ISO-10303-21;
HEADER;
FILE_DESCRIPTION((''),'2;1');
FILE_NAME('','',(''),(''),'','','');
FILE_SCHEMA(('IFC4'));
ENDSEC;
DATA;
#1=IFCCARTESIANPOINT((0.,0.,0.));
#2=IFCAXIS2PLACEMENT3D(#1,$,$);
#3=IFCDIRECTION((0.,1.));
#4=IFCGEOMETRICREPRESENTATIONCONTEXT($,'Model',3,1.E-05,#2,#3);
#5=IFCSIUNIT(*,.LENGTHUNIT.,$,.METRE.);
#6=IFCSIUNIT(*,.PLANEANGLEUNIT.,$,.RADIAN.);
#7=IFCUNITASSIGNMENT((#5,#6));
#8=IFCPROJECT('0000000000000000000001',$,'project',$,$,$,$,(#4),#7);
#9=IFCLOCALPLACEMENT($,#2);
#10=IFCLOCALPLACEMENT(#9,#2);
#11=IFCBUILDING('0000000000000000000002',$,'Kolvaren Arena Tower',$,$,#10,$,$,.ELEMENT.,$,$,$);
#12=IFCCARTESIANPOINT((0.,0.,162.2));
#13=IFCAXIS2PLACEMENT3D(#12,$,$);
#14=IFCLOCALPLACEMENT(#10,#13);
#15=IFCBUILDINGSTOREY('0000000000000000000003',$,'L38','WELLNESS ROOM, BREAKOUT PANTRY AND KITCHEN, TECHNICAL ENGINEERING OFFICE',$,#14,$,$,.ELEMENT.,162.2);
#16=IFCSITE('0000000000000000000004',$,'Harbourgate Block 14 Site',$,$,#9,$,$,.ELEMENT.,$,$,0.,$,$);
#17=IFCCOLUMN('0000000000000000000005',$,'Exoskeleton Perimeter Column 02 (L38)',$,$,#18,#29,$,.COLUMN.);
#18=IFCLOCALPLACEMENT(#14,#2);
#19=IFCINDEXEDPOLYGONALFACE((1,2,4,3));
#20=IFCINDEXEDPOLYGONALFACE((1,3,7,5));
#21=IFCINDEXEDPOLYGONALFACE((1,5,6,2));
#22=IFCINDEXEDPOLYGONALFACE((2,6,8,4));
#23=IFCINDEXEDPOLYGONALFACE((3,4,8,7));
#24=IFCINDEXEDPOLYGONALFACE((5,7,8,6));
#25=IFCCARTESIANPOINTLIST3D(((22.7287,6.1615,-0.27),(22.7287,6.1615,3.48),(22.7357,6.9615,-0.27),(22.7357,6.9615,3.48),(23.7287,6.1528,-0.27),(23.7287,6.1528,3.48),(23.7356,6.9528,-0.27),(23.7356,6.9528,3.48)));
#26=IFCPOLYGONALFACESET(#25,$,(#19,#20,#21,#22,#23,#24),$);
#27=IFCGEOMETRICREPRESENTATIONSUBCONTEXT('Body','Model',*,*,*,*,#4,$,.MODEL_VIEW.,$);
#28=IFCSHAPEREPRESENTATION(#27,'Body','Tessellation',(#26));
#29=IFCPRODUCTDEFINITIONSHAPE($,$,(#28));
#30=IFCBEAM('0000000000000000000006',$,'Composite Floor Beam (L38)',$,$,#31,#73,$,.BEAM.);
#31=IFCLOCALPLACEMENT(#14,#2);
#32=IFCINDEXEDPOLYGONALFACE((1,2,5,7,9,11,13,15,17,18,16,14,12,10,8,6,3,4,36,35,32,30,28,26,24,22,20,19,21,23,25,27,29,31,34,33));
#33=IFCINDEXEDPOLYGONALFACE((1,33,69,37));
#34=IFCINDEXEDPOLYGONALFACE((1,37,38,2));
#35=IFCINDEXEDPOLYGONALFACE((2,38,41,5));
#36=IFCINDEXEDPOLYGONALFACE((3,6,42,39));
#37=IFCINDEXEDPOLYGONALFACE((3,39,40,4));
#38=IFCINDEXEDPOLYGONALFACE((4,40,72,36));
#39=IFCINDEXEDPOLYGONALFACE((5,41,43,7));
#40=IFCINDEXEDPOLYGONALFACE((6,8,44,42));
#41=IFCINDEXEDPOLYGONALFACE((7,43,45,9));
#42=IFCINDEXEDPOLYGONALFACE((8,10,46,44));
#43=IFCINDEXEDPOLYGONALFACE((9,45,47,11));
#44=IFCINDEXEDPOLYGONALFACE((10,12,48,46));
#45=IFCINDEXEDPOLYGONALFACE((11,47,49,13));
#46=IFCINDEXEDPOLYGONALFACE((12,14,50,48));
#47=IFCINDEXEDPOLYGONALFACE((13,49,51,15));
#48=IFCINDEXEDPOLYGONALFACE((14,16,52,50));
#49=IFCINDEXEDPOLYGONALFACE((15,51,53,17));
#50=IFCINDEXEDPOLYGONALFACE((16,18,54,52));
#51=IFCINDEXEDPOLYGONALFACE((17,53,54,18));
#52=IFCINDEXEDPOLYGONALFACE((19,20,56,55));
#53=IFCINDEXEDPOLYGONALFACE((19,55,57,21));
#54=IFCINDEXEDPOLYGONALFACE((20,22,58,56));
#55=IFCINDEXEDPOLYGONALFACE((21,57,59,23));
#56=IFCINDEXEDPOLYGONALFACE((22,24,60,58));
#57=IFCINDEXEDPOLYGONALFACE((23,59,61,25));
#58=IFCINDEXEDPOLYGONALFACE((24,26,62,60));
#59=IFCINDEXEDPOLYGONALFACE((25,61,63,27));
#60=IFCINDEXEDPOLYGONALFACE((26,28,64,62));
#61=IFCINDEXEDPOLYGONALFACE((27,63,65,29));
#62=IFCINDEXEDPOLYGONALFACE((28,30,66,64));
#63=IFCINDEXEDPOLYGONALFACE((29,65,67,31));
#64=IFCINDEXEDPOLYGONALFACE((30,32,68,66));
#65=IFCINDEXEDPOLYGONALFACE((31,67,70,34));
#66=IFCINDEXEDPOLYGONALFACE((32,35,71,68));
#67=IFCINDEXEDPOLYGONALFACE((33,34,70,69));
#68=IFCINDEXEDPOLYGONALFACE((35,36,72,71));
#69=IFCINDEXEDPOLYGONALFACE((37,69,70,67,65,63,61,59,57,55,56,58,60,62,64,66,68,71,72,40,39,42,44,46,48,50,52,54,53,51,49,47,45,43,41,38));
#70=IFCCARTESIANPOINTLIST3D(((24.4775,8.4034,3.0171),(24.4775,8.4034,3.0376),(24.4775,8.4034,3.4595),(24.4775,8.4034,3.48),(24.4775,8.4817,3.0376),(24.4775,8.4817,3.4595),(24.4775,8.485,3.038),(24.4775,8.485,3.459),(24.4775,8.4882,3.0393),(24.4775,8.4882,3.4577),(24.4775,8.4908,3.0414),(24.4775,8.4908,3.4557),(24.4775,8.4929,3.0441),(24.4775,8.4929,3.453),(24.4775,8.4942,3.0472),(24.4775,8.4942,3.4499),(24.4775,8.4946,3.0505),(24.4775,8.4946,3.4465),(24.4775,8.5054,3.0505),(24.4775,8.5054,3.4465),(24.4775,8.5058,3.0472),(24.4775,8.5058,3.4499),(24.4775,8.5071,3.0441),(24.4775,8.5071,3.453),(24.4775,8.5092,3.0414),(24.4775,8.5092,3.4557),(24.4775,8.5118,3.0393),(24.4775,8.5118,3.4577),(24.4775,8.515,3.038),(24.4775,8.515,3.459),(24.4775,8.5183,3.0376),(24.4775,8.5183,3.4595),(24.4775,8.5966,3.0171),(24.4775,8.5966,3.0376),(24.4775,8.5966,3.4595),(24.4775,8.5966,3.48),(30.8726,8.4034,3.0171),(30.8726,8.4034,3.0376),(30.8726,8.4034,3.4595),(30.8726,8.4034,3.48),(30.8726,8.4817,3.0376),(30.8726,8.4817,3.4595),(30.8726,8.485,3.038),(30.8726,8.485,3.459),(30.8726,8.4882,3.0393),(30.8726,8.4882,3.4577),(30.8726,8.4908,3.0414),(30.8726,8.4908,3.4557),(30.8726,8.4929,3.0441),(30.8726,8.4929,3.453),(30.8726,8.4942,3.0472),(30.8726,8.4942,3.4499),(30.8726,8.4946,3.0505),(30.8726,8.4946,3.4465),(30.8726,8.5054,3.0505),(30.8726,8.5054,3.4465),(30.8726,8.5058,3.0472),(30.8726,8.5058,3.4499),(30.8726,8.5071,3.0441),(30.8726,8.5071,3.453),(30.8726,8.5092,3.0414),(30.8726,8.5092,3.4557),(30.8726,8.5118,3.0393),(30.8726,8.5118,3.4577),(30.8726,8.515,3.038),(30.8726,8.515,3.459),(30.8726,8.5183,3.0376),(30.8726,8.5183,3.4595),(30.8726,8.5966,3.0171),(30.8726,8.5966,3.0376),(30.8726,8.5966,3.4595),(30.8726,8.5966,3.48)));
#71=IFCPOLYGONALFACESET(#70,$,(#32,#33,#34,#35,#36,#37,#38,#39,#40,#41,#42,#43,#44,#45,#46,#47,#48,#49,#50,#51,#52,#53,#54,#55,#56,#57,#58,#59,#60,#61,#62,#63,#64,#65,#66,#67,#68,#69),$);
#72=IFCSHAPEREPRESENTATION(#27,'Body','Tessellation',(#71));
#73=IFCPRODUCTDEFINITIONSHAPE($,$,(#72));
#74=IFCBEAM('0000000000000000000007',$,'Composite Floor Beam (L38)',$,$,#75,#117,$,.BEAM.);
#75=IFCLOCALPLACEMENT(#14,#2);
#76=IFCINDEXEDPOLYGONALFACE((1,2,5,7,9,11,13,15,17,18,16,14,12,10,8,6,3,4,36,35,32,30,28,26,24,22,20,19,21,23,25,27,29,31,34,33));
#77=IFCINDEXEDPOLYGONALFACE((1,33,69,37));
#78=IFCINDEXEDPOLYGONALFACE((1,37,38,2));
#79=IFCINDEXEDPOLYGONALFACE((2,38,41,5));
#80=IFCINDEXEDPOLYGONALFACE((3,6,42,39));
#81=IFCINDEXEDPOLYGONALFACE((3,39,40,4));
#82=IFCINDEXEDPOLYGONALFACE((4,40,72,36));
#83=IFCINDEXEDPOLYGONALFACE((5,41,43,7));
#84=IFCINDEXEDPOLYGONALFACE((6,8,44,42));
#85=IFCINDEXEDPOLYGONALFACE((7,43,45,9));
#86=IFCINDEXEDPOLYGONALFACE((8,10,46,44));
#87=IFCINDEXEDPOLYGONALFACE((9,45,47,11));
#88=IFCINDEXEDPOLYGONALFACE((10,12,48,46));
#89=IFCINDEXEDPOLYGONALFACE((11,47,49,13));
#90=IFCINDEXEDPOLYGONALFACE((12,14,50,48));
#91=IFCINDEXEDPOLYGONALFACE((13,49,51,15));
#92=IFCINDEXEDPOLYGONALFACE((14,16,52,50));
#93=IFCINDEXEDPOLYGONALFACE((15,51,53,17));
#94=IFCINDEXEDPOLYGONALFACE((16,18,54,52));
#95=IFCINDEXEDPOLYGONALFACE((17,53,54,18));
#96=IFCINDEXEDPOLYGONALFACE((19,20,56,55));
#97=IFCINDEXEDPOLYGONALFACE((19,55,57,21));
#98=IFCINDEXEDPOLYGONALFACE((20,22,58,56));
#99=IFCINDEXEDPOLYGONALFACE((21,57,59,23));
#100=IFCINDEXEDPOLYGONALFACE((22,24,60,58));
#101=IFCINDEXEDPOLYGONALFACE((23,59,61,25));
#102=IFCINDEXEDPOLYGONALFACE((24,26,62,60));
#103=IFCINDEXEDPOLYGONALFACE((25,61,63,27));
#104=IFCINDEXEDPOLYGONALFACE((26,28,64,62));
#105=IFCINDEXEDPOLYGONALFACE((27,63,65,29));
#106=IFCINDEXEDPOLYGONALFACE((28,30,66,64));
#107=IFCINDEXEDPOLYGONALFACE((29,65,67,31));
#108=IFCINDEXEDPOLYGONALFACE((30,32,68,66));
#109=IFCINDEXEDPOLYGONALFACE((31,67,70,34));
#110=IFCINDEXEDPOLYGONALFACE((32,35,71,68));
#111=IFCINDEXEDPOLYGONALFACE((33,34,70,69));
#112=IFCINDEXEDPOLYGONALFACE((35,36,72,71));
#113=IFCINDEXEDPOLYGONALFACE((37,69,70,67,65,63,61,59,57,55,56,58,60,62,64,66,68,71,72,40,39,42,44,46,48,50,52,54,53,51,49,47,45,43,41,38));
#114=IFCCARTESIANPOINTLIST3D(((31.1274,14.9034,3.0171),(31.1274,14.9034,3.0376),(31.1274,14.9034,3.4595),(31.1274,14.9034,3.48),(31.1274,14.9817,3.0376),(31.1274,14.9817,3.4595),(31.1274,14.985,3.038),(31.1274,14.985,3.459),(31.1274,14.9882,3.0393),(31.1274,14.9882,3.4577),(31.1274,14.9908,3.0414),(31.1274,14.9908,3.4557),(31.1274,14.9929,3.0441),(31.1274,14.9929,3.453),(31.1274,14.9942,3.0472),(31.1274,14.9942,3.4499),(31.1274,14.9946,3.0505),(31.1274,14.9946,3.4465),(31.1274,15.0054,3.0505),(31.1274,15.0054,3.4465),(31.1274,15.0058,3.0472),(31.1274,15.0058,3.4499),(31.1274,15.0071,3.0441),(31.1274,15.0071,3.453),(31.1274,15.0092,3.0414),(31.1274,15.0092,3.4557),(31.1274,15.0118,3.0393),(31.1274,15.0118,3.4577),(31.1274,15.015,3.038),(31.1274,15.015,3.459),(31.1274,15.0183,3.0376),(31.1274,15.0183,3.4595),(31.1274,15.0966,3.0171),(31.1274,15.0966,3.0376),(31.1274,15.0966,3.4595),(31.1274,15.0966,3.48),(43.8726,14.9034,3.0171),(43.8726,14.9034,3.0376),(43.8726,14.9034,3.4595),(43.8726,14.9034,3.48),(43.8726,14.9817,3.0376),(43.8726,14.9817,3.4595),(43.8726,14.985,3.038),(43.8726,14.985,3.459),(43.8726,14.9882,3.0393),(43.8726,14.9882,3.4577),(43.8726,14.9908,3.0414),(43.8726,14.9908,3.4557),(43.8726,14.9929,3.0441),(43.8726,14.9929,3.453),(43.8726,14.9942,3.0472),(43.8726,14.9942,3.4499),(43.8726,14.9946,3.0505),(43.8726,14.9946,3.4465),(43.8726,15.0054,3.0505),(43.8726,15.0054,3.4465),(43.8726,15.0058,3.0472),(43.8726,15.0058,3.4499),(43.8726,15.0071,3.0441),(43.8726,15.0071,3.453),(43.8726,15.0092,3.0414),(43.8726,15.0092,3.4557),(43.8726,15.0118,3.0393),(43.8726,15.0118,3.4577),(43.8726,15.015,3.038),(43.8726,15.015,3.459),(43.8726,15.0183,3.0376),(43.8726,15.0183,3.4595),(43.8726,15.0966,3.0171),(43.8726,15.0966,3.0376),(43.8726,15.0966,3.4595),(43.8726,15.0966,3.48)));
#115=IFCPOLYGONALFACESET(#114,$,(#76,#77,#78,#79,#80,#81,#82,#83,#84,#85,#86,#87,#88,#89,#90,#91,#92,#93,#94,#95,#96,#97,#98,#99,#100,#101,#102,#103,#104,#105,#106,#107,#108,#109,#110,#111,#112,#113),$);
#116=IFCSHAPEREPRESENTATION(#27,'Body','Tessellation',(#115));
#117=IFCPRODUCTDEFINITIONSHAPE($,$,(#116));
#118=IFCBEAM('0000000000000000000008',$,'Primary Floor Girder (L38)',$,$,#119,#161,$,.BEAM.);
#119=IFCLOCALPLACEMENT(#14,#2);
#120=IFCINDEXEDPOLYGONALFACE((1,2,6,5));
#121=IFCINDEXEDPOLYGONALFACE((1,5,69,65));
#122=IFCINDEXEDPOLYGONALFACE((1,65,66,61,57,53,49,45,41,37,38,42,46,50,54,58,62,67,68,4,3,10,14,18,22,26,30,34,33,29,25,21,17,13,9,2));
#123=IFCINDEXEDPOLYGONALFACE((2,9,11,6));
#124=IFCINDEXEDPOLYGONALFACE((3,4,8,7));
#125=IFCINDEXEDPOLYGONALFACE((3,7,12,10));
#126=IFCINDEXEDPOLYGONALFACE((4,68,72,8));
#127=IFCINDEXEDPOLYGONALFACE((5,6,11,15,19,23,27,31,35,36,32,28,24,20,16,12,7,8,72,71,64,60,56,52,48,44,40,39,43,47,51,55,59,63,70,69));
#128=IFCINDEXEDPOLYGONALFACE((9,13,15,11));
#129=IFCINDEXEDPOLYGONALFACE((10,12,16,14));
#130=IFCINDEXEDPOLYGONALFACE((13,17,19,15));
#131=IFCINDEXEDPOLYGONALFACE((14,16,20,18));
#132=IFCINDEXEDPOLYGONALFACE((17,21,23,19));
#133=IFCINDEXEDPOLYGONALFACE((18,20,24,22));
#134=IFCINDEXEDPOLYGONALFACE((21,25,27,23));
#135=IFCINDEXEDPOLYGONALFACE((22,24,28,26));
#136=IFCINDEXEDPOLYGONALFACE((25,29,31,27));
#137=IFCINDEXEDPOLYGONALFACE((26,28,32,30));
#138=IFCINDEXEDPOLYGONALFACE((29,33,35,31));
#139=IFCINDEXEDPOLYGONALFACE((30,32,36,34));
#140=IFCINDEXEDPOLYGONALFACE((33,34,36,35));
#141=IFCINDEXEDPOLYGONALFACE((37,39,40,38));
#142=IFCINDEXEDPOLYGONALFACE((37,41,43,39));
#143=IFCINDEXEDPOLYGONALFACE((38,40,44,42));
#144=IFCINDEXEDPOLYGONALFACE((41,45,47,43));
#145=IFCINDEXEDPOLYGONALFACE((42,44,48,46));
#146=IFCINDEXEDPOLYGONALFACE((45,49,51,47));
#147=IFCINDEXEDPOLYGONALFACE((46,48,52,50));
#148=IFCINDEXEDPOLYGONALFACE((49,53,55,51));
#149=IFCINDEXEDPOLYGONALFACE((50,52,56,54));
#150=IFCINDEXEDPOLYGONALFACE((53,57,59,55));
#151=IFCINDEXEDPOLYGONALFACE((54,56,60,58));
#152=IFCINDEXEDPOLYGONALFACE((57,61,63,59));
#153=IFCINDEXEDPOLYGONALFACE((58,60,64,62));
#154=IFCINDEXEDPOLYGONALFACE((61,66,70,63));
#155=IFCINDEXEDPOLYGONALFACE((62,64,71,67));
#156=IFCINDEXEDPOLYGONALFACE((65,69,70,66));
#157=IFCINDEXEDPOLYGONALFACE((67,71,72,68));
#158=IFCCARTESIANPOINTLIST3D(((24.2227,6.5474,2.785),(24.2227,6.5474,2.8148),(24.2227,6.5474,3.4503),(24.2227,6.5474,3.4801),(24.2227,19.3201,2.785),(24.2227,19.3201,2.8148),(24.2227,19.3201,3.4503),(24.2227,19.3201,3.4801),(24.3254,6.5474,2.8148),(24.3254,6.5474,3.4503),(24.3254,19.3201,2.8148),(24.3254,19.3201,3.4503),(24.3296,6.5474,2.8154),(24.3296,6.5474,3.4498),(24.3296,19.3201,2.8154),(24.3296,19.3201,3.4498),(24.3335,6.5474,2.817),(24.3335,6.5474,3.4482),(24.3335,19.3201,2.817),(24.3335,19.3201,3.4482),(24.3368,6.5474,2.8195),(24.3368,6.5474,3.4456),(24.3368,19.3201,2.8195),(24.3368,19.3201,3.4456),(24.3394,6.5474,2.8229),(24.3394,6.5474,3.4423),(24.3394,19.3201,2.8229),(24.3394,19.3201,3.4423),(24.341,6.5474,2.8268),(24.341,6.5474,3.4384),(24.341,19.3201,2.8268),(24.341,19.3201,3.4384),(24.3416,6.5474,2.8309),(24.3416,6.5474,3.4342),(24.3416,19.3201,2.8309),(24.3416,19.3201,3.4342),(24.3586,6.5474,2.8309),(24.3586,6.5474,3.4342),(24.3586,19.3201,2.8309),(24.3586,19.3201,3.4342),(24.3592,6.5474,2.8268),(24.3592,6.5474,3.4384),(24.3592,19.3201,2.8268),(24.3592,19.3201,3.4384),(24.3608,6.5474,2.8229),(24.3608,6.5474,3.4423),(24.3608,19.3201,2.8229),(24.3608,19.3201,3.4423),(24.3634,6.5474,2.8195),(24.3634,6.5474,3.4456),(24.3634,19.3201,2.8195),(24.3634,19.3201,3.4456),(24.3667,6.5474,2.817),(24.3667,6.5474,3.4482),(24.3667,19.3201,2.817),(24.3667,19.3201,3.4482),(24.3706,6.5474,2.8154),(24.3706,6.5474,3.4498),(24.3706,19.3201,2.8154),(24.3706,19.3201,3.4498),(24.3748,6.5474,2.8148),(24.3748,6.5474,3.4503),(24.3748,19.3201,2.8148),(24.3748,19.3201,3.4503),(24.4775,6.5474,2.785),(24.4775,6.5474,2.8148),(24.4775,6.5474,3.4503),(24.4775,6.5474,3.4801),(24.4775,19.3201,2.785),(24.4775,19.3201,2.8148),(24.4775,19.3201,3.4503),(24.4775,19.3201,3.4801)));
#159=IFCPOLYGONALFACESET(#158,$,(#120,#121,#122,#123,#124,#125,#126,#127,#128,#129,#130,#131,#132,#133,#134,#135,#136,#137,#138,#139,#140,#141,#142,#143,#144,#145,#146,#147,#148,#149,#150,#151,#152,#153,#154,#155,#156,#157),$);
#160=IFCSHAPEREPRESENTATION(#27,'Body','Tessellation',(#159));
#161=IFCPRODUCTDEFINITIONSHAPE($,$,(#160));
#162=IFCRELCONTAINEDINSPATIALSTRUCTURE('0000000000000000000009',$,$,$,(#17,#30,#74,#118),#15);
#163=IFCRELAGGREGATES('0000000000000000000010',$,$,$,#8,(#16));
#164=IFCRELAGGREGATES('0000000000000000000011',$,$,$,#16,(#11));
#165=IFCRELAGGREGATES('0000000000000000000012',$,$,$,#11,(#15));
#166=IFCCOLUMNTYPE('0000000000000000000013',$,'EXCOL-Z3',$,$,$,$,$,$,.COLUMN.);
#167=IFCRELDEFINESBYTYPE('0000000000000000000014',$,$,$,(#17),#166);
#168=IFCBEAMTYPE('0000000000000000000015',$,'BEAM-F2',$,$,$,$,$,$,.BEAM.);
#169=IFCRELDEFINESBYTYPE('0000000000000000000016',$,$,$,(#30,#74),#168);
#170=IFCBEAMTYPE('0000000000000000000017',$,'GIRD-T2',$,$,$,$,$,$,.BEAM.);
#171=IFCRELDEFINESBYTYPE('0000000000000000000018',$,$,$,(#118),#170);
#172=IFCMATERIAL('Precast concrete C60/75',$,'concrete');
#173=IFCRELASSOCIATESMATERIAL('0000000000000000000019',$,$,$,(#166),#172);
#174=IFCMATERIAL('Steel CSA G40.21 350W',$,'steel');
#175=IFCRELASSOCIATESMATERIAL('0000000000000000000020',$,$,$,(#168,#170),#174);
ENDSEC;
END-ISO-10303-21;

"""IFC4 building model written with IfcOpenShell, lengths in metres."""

from ifc_helpers import new_model, si_unit, direction, frame, origin, origin_2d, place, context, subcontext, project, spatial, rectangle, i_section, extrude, material, material_profile, profile_set, type_object, element, save


model = new_model("IFC4")

# Units and contexts
model_context = context("Model", 3, precision=1e-05, world=origin(), true_north=direction((0.0, 1.0)))
body_context = subcontext(model_context, "Body", "Model", "MODEL_VIEW")
ifc_project = project(units=[si_unit("LENGTHUNIT", "METRE"), si_unit("PLANEANGLEUNIT", "RADIAN")], contexts=[model_context])

# Site, building, storey
site_placement = place(None, origin())
site = spatial("IfcSite", under=ifc_project, at=site_placement, Name="Harbourgate Block 14 Site", CompositionType="ELEMENT", RefElevation=0.0)
building_placement = place(site_placement, origin())
building = spatial("IfcBuilding", under=site, at=building_placement, Name="Kolvaren Arena Tower", CompositionType="ELEMENT")
storey_placement = place(building_placement, frame((0.0, 0.0, 162.2)))
storey = spatial("IfcBuildingStorey", under=building, at=storey_placement, Name="L38", Description="WELLNESS ROOM, BREAKOUT PANTRY AND KITCHEN, TECHNICAL ENGINEERING OFFICE", CompositionType="ELEMENT", Elevation=162.2)

# Column
ifc_material_1 = material(Name="Precast concrete C60/75", Category="concrete")
ifc_material_profile_1 = material_profile(ifc_material_1, rectangle(XDim=1.0, YDim=0.8, at=origin_2d()), Name="RC-1000x800")
ifc_profile_set_1 = profile_set([ifc_material_profile_1], Name="Precast concrete C60/75")
column_type = type_object("IfcColumnType", Name="EXCOL-Z3", PredefinedType="COLUMN", material=ifc_profile_set_1)
column_placement = place(storey_placement, frame((23.2322, 6.5571, -0.27), z_axis=(0.0, 0.0, 1.0), x_axis=(0.999962, -0.008727, 0.0)))
element("IfcColumn", 1, at=column_placement, inside=storey, type_object=column_type, Name="Exoskeleton Perimeter Column 02 (L38)", PredefinedType="COLUMN", context=body_context, shape_type="SweptSolid", body=[
    extrude(rectangle(XDim=1.0, YDim=0.8, at=origin_2d()), origin(), (0.0, 0.0, 1.0), 3.75),
])

# Beams
ifc_material_2 = material(Name="Steel CSA G40.21 350W", Category="steel")
ifc_material_profile_2 = material_profile(ifc_material_2, i_section(OverallWidth=0.1931, OverallDepth=0.4629, WebThickness=0.0107, FlangeThickness=0.0205, FilletRadius=0.0129, at=origin_2d()), Name="W460x113")
ifc_profile_set_2 = profile_set([ifc_material_profile_2], Name="Steel CSA G40.21 350W")
beam_type_1 = type_object("IfcBeamType", Name="BEAM-F2", PredefinedType="BEAM", material=ifc_profile_set_2)
beam_1_placement = place(storey_placement, frame((24.4775, 8.5, 3.2485), z_axis=(1.0, 0.0, 0.0), x_axis=(0.0, 1.0, 0.0)))
element("IfcBeam", 2, at=beam_1_placement, inside=storey, type_object=beam_type_1, Name="Composite Floor Beam (L38)", PredefinedType="BEAM", context=body_context, shape_type="SweptSolid", body=[
    extrude(i_section(OverallWidth=0.1931, OverallDepth=0.4629, WebThickness=0.0107, FlangeThickness=0.0205, FilletRadius=0.0129, at=origin_2d()), origin(), (0.0, 0.0, 1.0), 6.395),
])
beam_2_placement = place(storey_placement, frame((31.1274, 15.0, 3.2485), z_axis=(1.0, 0.0, 0.0), x_axis=(0.0, 1.0, 0.0)))
element("IfcBeam", 3, at=beam_2_placement, inside=storey, type_object=beam_type_1, Name="Composite Floor Beam (L38)", PredefinedType="BEAM", context=body_context, shape_type="SweptSolid", body=[
    extrude(i_section(OverallWidth=0.1931, OverallDepth=0.4629, WebThickness=0.0107, FlangeThickness=0.0205, FilletRadius=0.0129, at=origin_2d()), origin(), (0.0, 0.0, 1.0), 12.7451),
])
ifc_material_profile_3 = material_profile(ifc_material_2, i_section(OverallWidth=0.2549, OverallDepth=0.6951, WebThickness=0.0171, FlangeThickness=0.0298, FilletRadius=0.0161, at=origin_2d()), Name="W690x217")
ifc_profile_set_3 = profile_set([ifc_material_profile_3], Name="Steel CSA G40.21 350W")
beam_type_2 = type_object("IfcBeamType", Name="GIRD-T2", PredefinedType="BEAM", material=ifc_profile_set_3)
beam_3_placement = place(storey_placement, frame((24.3501, 6.5474, 3.1326), z_axis=(0.0, 1.0, 0.0), x_axis=(-1.0, 0.0, 0.0)))
element("IfcBeam", 4, at=beam_3_placement, inside=storey, type_object=beam_type_2, Name="Primary Floor Girder (L38)", PredefinedType="BEAM", context=body_context, shape_type="SweptSolid", body=[
    extrude(i_section(OverallWidth=0.2549, OverallDepth=0.6951, WebThickness=0.0171, FlangeThickness=0.0298, FilletRadius=0.0161, at=origin_2d()), origin(), (0.0, 0.0, 1.0), 12.7727),
])

save(model, "model.ifc")
